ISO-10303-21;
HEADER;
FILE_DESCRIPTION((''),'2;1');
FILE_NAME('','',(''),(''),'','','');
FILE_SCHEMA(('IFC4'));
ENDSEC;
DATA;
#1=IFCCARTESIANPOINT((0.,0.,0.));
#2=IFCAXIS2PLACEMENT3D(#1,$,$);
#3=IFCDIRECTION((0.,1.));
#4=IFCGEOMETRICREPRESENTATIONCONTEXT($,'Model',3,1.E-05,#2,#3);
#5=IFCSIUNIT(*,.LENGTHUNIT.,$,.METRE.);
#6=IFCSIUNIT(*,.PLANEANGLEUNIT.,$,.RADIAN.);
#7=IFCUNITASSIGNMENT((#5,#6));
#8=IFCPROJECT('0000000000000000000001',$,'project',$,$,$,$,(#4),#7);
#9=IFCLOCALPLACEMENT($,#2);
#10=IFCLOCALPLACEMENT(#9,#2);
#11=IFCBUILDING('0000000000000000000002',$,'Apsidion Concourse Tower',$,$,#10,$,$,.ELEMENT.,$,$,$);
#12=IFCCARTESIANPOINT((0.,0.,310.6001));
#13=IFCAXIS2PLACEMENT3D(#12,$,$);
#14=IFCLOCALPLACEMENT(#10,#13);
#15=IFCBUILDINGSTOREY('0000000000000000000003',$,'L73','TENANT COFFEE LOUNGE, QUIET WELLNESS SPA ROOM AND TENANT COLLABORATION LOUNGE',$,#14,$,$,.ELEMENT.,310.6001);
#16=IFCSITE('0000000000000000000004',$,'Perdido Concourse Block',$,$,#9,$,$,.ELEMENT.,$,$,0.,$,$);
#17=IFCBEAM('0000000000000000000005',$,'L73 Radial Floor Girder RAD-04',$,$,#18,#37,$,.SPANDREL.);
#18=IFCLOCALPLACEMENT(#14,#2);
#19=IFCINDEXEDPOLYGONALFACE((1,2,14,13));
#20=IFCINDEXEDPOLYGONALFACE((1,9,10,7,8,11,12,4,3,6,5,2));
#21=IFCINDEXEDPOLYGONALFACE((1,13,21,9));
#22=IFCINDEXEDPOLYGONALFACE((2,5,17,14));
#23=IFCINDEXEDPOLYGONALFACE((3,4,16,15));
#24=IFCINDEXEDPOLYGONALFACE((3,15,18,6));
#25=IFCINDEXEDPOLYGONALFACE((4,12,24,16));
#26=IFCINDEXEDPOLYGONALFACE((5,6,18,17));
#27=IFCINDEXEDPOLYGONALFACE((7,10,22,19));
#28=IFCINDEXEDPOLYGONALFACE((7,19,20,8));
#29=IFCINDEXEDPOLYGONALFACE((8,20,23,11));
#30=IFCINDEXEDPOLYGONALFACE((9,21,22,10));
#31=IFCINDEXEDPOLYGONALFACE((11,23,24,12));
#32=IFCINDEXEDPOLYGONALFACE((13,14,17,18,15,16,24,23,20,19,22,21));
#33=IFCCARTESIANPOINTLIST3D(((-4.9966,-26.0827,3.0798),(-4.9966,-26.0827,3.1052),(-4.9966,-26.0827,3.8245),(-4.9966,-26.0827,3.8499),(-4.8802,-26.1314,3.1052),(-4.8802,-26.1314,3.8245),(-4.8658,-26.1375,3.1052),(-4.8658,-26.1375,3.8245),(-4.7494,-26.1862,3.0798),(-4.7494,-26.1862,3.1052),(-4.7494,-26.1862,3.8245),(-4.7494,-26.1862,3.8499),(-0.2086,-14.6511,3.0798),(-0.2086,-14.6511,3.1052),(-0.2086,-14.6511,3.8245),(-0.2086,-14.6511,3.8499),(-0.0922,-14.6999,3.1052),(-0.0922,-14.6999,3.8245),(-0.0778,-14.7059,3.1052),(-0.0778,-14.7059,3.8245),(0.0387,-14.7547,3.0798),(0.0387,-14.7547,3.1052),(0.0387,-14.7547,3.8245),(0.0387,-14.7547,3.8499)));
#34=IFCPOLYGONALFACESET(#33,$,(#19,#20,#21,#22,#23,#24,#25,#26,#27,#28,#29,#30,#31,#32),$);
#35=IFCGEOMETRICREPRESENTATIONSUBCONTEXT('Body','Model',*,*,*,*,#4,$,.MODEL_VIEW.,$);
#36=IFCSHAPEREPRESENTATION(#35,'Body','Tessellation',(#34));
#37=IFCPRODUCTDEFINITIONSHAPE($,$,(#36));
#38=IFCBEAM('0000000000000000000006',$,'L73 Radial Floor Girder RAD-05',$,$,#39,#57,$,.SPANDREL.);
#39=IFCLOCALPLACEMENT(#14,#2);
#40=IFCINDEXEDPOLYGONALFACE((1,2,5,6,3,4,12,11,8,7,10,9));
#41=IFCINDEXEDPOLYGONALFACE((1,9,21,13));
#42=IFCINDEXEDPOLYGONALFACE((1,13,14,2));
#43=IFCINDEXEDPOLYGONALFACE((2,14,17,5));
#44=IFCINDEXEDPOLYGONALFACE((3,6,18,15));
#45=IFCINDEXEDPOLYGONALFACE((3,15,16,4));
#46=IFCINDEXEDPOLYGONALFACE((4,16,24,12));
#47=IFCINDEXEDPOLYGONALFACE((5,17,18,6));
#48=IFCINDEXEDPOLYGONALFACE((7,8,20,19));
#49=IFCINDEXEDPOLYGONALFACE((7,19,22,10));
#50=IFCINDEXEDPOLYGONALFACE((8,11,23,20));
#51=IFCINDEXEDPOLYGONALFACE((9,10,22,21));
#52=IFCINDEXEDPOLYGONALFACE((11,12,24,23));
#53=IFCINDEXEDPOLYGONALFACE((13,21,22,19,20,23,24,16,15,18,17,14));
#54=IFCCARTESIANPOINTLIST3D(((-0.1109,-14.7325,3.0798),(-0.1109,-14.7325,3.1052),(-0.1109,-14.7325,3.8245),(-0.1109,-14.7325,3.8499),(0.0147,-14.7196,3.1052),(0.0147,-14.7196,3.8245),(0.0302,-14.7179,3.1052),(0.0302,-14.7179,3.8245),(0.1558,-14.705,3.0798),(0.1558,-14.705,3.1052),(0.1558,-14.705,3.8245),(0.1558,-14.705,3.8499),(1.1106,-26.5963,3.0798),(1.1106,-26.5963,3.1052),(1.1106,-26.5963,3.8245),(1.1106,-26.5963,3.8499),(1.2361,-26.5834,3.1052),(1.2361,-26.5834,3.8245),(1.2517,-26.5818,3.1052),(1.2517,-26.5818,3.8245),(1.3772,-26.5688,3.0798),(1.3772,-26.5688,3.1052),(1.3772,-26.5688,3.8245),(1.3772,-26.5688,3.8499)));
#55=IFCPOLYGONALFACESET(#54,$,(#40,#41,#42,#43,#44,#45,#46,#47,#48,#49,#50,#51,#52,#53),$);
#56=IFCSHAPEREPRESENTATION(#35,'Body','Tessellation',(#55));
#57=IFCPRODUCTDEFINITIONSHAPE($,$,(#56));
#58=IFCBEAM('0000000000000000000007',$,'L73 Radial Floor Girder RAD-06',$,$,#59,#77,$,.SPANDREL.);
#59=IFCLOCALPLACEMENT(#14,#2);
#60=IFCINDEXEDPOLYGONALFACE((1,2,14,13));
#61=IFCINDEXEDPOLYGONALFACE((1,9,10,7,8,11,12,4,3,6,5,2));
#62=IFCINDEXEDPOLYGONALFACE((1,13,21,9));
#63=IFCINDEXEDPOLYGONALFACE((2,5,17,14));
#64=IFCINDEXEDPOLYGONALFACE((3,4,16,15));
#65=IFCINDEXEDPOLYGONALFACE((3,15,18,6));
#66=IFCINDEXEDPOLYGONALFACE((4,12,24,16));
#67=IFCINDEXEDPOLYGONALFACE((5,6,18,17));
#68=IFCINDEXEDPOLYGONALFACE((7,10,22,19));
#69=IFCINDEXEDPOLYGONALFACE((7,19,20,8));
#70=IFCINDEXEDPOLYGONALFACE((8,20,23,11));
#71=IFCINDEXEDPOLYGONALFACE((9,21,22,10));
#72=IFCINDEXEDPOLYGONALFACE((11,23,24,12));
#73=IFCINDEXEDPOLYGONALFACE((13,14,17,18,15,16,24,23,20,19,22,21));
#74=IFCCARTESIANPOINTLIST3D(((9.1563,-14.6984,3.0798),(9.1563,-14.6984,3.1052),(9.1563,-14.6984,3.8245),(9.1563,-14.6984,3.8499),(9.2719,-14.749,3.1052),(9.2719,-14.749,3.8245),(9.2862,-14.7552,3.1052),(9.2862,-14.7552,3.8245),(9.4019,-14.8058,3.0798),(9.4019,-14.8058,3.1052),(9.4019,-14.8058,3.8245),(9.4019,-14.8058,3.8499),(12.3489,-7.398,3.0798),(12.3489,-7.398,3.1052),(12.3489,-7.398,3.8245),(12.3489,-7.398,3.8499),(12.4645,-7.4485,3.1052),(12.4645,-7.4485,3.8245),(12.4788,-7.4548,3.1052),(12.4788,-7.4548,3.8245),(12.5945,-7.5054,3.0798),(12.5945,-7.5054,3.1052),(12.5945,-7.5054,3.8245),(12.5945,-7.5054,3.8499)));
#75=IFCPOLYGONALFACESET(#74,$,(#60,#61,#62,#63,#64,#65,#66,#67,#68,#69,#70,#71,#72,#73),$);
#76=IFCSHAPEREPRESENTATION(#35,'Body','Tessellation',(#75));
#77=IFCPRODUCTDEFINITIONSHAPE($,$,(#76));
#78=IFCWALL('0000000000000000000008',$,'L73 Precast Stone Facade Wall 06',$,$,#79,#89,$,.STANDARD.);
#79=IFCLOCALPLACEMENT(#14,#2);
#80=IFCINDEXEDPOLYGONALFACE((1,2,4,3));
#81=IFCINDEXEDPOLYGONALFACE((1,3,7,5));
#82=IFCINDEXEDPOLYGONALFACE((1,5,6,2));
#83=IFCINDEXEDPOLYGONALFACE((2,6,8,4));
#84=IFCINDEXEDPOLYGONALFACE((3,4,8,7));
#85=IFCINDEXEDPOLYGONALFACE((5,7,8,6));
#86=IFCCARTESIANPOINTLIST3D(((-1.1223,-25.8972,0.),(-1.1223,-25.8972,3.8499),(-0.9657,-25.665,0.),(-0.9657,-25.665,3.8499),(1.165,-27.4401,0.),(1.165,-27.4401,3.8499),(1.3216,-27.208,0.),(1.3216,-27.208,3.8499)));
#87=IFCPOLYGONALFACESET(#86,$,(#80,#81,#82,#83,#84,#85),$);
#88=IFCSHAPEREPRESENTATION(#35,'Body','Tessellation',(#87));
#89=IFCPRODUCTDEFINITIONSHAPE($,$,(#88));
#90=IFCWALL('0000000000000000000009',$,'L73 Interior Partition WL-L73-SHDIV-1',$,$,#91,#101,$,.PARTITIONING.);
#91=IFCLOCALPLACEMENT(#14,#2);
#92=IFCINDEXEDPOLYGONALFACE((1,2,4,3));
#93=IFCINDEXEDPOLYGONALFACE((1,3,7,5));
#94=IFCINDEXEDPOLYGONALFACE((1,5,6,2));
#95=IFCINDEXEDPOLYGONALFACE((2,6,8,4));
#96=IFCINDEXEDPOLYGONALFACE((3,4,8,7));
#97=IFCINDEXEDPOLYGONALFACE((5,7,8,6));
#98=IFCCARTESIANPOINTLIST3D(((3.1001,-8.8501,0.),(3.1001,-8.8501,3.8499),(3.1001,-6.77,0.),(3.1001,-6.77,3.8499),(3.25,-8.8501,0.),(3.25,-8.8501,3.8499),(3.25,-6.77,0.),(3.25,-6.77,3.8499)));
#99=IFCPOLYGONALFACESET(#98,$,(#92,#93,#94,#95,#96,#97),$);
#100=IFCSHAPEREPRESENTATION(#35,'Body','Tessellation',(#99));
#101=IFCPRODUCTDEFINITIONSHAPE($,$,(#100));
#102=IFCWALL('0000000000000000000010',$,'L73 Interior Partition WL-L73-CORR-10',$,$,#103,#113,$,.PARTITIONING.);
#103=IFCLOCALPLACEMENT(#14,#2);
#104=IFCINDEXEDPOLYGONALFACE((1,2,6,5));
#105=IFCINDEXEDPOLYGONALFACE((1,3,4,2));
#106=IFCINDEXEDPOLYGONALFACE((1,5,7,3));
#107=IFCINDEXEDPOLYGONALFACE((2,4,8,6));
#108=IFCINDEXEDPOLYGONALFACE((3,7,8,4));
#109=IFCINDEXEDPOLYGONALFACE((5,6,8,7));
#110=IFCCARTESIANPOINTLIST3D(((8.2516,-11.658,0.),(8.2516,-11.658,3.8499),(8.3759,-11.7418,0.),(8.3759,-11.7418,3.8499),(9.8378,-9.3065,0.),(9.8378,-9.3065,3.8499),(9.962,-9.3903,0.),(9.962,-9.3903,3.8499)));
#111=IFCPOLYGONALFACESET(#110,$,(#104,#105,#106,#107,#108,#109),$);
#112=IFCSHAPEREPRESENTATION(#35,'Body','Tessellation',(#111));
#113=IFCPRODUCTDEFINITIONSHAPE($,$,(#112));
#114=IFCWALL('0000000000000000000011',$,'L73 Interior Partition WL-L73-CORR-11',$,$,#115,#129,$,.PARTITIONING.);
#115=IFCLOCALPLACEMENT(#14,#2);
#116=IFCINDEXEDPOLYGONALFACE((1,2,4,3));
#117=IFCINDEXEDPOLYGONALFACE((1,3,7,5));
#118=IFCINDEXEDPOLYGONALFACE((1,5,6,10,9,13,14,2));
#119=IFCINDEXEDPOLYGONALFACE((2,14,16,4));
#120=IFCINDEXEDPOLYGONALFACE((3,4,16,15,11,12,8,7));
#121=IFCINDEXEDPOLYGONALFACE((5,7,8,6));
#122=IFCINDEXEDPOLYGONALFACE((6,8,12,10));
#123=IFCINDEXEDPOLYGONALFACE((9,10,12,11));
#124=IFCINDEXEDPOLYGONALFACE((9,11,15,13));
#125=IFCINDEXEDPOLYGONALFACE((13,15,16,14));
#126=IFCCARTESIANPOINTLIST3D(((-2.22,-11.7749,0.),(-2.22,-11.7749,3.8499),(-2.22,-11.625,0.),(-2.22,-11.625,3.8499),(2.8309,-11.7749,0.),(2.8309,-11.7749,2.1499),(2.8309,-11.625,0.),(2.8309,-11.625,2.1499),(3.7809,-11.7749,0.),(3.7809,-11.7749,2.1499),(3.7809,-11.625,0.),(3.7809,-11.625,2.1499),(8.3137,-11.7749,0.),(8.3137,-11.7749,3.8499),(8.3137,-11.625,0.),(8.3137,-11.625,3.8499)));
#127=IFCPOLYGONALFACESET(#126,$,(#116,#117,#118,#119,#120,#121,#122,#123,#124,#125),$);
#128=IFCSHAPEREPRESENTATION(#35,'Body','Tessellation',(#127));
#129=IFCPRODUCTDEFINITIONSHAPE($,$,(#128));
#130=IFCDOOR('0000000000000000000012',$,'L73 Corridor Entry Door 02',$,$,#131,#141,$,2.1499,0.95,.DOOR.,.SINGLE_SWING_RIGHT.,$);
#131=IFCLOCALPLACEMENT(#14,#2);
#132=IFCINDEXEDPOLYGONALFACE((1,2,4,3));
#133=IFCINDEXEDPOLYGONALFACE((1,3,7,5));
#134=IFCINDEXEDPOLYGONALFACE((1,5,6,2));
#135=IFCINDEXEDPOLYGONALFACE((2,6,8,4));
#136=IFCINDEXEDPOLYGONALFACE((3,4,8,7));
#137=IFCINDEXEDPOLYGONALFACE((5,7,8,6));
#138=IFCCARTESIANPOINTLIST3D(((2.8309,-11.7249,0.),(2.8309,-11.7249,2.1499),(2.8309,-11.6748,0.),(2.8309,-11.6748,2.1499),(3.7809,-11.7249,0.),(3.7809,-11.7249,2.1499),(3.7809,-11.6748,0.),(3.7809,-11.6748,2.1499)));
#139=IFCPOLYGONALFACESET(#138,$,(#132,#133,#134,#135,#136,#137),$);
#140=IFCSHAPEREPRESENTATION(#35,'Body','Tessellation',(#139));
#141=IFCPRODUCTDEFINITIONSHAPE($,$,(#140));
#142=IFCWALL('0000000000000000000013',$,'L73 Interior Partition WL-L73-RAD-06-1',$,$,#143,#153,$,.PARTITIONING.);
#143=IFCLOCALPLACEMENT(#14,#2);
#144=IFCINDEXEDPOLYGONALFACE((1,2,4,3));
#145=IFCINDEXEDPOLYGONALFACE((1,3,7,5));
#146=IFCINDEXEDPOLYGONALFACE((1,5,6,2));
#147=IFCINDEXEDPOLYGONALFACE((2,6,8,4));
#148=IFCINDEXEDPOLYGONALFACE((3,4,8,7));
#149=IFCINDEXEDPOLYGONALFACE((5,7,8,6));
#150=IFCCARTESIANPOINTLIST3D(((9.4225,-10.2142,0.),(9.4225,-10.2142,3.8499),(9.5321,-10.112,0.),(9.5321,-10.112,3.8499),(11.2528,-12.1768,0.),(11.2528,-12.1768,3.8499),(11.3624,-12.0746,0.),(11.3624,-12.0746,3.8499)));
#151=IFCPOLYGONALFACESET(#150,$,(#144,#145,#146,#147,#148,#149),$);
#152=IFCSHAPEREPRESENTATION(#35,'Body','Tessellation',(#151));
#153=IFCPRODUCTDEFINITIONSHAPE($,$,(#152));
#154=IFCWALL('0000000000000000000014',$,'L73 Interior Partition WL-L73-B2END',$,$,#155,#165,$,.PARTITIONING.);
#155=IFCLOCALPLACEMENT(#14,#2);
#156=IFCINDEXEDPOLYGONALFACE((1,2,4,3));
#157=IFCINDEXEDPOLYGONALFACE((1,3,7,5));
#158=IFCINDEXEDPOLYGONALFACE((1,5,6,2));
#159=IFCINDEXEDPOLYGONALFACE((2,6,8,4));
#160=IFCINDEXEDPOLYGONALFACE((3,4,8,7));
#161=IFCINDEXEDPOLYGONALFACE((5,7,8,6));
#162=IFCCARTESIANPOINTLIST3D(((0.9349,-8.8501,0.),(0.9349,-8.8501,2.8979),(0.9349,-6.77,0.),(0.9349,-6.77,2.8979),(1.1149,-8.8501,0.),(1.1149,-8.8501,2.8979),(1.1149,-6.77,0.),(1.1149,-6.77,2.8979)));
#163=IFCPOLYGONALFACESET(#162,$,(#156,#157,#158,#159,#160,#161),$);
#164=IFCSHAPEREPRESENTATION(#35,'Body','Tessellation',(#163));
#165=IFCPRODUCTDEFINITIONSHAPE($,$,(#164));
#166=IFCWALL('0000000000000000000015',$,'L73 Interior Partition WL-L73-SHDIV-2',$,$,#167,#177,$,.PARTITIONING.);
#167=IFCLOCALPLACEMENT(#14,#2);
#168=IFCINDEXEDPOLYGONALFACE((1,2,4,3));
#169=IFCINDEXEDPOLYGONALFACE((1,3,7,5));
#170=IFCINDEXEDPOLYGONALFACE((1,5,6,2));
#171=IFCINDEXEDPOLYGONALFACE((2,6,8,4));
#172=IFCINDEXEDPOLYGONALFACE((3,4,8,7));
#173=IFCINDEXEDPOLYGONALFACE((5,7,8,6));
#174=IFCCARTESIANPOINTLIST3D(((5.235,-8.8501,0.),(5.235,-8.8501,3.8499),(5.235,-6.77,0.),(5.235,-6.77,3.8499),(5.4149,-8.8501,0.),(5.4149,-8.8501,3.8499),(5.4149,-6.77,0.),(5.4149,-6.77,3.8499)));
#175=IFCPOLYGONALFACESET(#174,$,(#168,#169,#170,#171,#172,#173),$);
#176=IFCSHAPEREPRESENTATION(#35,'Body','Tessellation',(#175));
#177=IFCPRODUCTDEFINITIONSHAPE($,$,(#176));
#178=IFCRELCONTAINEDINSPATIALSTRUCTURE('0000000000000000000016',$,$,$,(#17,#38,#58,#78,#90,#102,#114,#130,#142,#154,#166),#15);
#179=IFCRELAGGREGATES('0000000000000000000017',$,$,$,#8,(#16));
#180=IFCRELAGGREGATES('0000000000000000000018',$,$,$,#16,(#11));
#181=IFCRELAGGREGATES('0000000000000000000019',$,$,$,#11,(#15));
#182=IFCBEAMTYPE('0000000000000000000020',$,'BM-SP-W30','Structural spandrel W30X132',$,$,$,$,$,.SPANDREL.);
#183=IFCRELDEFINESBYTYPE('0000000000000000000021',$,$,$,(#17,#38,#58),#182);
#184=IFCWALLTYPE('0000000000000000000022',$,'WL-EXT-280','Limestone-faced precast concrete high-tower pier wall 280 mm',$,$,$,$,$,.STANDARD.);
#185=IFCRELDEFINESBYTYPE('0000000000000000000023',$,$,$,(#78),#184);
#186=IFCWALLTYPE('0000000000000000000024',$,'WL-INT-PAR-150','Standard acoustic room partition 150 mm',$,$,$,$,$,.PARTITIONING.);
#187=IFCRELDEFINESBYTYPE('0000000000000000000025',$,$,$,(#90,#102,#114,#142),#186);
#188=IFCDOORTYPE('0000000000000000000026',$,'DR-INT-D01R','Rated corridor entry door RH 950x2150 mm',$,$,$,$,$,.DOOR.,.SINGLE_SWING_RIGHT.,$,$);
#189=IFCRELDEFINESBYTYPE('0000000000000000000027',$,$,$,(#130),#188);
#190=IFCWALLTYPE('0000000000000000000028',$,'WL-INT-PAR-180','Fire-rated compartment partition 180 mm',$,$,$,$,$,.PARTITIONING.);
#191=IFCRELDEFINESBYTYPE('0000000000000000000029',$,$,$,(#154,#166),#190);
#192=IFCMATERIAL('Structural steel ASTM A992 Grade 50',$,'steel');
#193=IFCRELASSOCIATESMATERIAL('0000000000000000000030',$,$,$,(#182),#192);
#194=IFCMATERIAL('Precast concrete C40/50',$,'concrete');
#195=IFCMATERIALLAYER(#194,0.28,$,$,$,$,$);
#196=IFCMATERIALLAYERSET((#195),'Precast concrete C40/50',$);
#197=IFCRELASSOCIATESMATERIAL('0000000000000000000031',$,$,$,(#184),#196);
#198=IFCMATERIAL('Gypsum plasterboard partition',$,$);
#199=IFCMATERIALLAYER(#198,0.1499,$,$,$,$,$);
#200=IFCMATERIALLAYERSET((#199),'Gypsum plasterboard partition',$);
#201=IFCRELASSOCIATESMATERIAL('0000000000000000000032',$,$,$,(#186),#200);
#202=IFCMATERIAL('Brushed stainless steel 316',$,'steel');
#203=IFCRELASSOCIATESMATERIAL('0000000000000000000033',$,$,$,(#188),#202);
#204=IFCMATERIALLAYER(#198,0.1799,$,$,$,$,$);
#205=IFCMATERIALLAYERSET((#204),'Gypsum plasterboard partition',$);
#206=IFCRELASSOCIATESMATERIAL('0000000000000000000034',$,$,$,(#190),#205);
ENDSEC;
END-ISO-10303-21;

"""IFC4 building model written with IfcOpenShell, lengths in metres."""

from ifc_helpers import new_model, si_unit, direction, frame, frame_2d, origin, origin_2d, place, context, subcontext, project, spatial, rectangle, i_section, extrude, material, layer, layer_set, material_profile, profile_set, type_object, element, fill, save


model = new_model("IFC4")

# Units and contexts
model_context = context("Model", 3, precision=1e-05, world=origin(), true_north=direction((0.0, 1.0)))
body_context = subcontext(model_context, "Body", "Model", "MODEL_VIEW")
ifc_project = project(units=[si_unit("LENGTHUNIT", "METRE"), si_unit("PLANEANGLEUNIT", "RADIAN")], contexts=[model_context])

# Site, building, storey
site_placement = place(None, origin())
site = spatial("IfcSite", under=ifc_project, at=site_placement, Name="Perdido Concourse Block", CompositionType="ELEMENT", RefElevation=0.0)
building_placement = place(site_placement, origin())
building = spatial("IfcBuilding", under=site, at=building_placement, Name="Apsidion Concourse Tower", CompositionType="ELEMENT")
storey_placement = place(building_placement, frame((0.0, 0.0, 310.6001)))
storey = spatial("IfcBuildingStorey", under=building, at=storey_placement, Name="L73", Description="TENANT COFFEE LOUNGE, QUIET WELLNESS SPA ROOM AND TENANT COLLABORATION LOUNGE", CompositionType="ELEMENT", Elevation=310.6001)

# Shared definitions
ifc_material_1 = material(Name="Structural steel ASTM A992 Grade 50", Category="steel")

# Beams
ifc_material_profile_1 = material_profile(ifc_material_1, i_section(OverallWidth=0.2681, OverallDepth=0.77, WebThickness=0.0156, FlangeThickness=0.0254, at=origin_2d()), Name="W30X132")
ifc_profile_set_1 = profile_set([ifc_material_profile_1], Name="Structural steel ASTM A992 Grade 50")
beam_type_1 = type_object("IfcBeamType", Name="BM-SP-W30", Description="Structural spandrel W30X132", PredefinedType="SPANDREL", material=ifc_profile_set_1)
beam_1_placement = place(storey_placement, frame((-0.085, -14.7029, 3.4648), z_axis=(-0.386327, -0.922362, 0.0), x_axis=(0.922362, -0.386327, 0.0)))
element("IfcBeam", 1, at=beam_1_placement, inside=storey, type_object=beam_type_1, Name="L73 Radial Floor Girder RAD-04", PredefinedType="SPANDREL", context=body_context, shape_type="SweptSolid", body=[
    extrude(i_section(OverallWidth=0.2681, OverallDepth=0.77, WebThickness=0.0156, FlangeThickness=0.0254, at=origin_2d()), origin(), (0.0, 0.0, 1.0), 12.3938),
])
beam_2_placement = place(storey_placement, frame((0.0225, -14.7188, 3.4648), z_axis=(0.102414, -0.994742, 0.0), x_axis=(0.994742, 0.102414, 0.0)))
element("IfcBeam", 2, at=beam_2_placement, inside=storey, type_object=beam_type_1, Name="L73 Radial Floor Girder RAD-05", PredefinedType="SPANDREL", context=body_context, shape_type="SweptSolid", body=[
    extrude(i_section(OverallWidth=0.2681, OverallDepth=0.77, WebThickness=0.0156, FlangeThickness=0.0254, at=origin_2d()), origin(), (0.0, 0.0, 1.0), 11.9265),
])
beam_3_placement = place(storey_placement, frame((12.4717, -7.4517, 3.4648), z_axis=(-0.400676, -0.91622, 0.0), x_axis=(0.91622, -0.400676, 0.0)))
element("IfcBeam", 3, at=beam_3_placement, inside=storey, type_object=beam_type_1, Name="L73 Radial Floor Girder RAD-06", PredefinedType="SPANDREL", context=body_context, shape_type="SweptSolid", body=[
    extrude(i_section(OverallWidth=0.2681, OverallDepth=0.77, WebThickness=0.0156, FlangeThickness=0.0254, at=origin_2d()), origin(), (0.0, 0.0, 1.0), 7.968),
])

# Walls
ifc_material_2 = material(Name="Precast concrete C40/50", Category="concrete")
ifc_layer_1 = layer(ifc_material_2, 0.28)
ifc_layer_set_1 = layer_set([ifc_layer_1], Name="Precast concrete C40/50")
wall_type_1 = type_object("IfcWallType", Name="WL-EXT-280", Description="Limestone-faced precast concrete high-tower pier wall 280 mm", PredefinedType="STANDARD", material=ifc_layer_set_1)
wall_1_placement = place(storey_placement, frame((1.2432, -27.324, 0.0), z_axis=(0.0, 0.0, 1.0), x_axis=(-0.829016, 0.559225, 0.0)))
element("IfcWall", 4, at=wall_1_placement, inside=storey, type_object=wall_type_1, Name="L73 Precast Stone Facade Wall 06", PredefinedType="STANDARD", context=body_context, shape_type="SweptSolid", body=[
    extrude(rectangle(XDim=2.759, YDim=0.28, at=frame_2d((1.3794, 0.0))), origin(), (0.0, 0.0, 1.0), 3.8499),
])
ifc_material_3 = material(Name="Gypsum plasterboard partition")
ifc_layer_2 = layer(ifc_material_3, 0.1499)
ifc_layer_set_2 = layer_set([ifc_layer_2], Name="Gypsum plasterboard partition")
wall_type_2 = type_object("IfcWallType", Name="WL-INT-PAR-150", Description="Standard acoustic room partition 150 mm", PredefinedType="PARTITIONING", material=ifc_layer_set_2)
wall_2_placement = place(storey_placement, frame((3.175, -8.8501, 0.0), z_axis=(0.0, 0.0, 1.0), x_axis=(0.0, 1.0, 0.0)))
element("IfcWall", 5, at=wall_2_placement, inside=storey, type_object=wall_type_2, Name="L73 Interior Partition WL-L73-SHDIV-1", PredefinedType="PARTITIONING", context=body_context, shape_type="SweptSolid", body=[
    extrude(rectangle(XDim=2.0801, YDim=0.1499, at=frame_2d((1.04, 0.0))), origin(), (0.0, 0.0, 1.0), 3.8499),
])
wall_3_placement = place(storey_placement, frame((9.8999, -9.3484, 0.0), z_axis=(0.0, 0.0, 1.0), x_axis=(-0.559201, -0.829032, 0.0)))
element("IfcWall", 6, at=wall_3_placement, inside=storey, type_object=wall_type_2, Name="L73 Interior Partition WL-L73-CORR-10", PredefinedType="PARTITIONING", context=body_context, shape_type="SweptSolid", body=[
    extrude(rectangle(XDim=2.8364, YDim=0.1499, at=frame_2d((1.4182, 0.0))), origin(), (0.0, 0.0, 1.0), 3.8499),
])

# Wall, opening, door
wall_4_placement = place(storey_placement, frame((8.3137, -11.7, 0.0), z_axis=(0.0, 0.0, 1.0), x_axis=(-1.0, 0.0, 0.0)))
wall_4 = element("IfcWall", 7, at=wall_4_placement, inside=storey, type_object=wall_type_2, Name="L73 Interior Partition WL-L73-CORR-11", PredefinedType="PARTITIONING", context=body_context, shape_type="SweptSolid", body=[
    extrude(rectangle(XDim=10.5337, YDim=0.1499, at=frame_2d((5.2668, 0.0))), origin(), (0.0, 0.0, 1.0), 3.8499),
])
opening_1_placement = place(wall_4_placement, frame((4.5327, 0.0, 0.0)))
opening_1 = element("IfcOpeningElement", 8, at=opening_1_placement, cuts=wall_4, PredefinedType="OPENING", context=body_context, shape_type="SweptSolid", body=[
    extrude(rectangle(XDim=0.95, YDim=2.1499, at=frame_2d((0.4751, 1.075))), frame((0.0, 0.085, 0.0), z_axis=(0.0, -1.0, 0.0), x_axis=(1.0, 0.0, 0.0)), (0.0, 0.0, 1.0), 0.1699),
])
ifc_material_4 = material(Name="Brushed stainless steel 316", Category="steel")
door_type_1 = type_object("IfcDoorType", Name="DR-INT-D01R", Description="Rated corridor entry door RH 950x2150 mm", OperationType="SINGLE_SWING_RIGHT", PredefinedType="DOOR", material=ifc_material_4)
door_1_placement = place(opening_1_placement, origin())
door_1 = element("IfcDoor", 9, at=door_1_placement, inside=storey, type_object=door_type_1, Name="L73 Corridor Entry Door 02", OperationType="SINGLE_SWING_RIGHT", OverallHeight=2.1499, OverallWidth=0.95, PredefinedType="DOOR", context=body_context, shape_type="SweptSolid", body=[
    extrude(rectangle(XDim=0.95, YDim=2.1499, at=frame_2d((0.4751, 1.075))), frame((0.0, 0.0249, 0.0), z_axis=(0.0, -1.0, 0.0), x_axis=(1.0, 0.0, 0.0)), (0.0, 0.0, 1.0), 0.05),
])
fill(opening_1, door_1)

# Walls
wall_5_placement = place(storey_placement, frame((9.4773, -10.1631, 0.0), z_axis=(0.0, 0.0, 1.0), x_axis=(0.682023, -0.731331, 0.0)))
element("IfcWall", 10, at=wall_5_placement, inside=storey, type_object=wall_type_2, Name="L73 Interior Partition WL-L73-RAD-06-1", PredefinedType="PARTITIONING", context=body_context, shape_type="SweptSolid", body=[
    extrude(rectangle(XDim=2.6836, YDim=0.1499, at=frame_2d((1.3418, 0.0))), origin(), (0.0, 0.0, 1.0), 3.8499),
])
ifc_layer_3 = layer(ifc_material_3, 0.1799)
ifc_layer_set_3 = layer_set([ifc_layer_3], Name="Gypsum plasterboard partition")
wall_type_3 = type_object("IfcWallType", Name="WL-INT-PAR-180", Description="Fire-rated compartment partition 180 mm", PredefinedType="PARTITIONING", material=ifc_layer_set_3)
wall_6_placement = place(storey_placement, frame((1.0249, -8.8501, 0.0), z_axis=(0.0, 0.0, 1.0), x_axis=(0.0, 1.0, 0.0)))
element("IfcWall", 11, at=wall_6_placement, inside=storey, type_object=wall_type_3, Name="L73 Interior Partition WL-L73-B2END", PredefinedType="PARTITIONING", context=body_context, shape_type="SweptSolid", body=[
    extrude(rectangle(XDim=2.0801, YDim=0.1799, at=frame_2d((1.04, 0.0))), origin(), (0.0, 0.0, 1.0), 2.8979),
])
wall_7_placement = place(storey_placement, frame((5.325, -8.8501, 0.0), z_axis=(0.0, 0.0, 1.0), x_axis=(0.0, 1.0, 0.0)))
element("IfcWall", 12, at=wall_7_placement, inside=storey, type_object=wall_type_3, Name="L73 Interior Partition WL-L73-SHDIV-2", PredefinedType="PARTITIONING", context=body_context, shape_type="SweptSolid", body=[
    extrude(rectangle(XDim=2.0801, YDim=0.1799, at=frame_2d((1.04, 0.0))), origin(), (0.0, 0.0, 1.0), 3.8499),
])

save(model, "model.ifc")
